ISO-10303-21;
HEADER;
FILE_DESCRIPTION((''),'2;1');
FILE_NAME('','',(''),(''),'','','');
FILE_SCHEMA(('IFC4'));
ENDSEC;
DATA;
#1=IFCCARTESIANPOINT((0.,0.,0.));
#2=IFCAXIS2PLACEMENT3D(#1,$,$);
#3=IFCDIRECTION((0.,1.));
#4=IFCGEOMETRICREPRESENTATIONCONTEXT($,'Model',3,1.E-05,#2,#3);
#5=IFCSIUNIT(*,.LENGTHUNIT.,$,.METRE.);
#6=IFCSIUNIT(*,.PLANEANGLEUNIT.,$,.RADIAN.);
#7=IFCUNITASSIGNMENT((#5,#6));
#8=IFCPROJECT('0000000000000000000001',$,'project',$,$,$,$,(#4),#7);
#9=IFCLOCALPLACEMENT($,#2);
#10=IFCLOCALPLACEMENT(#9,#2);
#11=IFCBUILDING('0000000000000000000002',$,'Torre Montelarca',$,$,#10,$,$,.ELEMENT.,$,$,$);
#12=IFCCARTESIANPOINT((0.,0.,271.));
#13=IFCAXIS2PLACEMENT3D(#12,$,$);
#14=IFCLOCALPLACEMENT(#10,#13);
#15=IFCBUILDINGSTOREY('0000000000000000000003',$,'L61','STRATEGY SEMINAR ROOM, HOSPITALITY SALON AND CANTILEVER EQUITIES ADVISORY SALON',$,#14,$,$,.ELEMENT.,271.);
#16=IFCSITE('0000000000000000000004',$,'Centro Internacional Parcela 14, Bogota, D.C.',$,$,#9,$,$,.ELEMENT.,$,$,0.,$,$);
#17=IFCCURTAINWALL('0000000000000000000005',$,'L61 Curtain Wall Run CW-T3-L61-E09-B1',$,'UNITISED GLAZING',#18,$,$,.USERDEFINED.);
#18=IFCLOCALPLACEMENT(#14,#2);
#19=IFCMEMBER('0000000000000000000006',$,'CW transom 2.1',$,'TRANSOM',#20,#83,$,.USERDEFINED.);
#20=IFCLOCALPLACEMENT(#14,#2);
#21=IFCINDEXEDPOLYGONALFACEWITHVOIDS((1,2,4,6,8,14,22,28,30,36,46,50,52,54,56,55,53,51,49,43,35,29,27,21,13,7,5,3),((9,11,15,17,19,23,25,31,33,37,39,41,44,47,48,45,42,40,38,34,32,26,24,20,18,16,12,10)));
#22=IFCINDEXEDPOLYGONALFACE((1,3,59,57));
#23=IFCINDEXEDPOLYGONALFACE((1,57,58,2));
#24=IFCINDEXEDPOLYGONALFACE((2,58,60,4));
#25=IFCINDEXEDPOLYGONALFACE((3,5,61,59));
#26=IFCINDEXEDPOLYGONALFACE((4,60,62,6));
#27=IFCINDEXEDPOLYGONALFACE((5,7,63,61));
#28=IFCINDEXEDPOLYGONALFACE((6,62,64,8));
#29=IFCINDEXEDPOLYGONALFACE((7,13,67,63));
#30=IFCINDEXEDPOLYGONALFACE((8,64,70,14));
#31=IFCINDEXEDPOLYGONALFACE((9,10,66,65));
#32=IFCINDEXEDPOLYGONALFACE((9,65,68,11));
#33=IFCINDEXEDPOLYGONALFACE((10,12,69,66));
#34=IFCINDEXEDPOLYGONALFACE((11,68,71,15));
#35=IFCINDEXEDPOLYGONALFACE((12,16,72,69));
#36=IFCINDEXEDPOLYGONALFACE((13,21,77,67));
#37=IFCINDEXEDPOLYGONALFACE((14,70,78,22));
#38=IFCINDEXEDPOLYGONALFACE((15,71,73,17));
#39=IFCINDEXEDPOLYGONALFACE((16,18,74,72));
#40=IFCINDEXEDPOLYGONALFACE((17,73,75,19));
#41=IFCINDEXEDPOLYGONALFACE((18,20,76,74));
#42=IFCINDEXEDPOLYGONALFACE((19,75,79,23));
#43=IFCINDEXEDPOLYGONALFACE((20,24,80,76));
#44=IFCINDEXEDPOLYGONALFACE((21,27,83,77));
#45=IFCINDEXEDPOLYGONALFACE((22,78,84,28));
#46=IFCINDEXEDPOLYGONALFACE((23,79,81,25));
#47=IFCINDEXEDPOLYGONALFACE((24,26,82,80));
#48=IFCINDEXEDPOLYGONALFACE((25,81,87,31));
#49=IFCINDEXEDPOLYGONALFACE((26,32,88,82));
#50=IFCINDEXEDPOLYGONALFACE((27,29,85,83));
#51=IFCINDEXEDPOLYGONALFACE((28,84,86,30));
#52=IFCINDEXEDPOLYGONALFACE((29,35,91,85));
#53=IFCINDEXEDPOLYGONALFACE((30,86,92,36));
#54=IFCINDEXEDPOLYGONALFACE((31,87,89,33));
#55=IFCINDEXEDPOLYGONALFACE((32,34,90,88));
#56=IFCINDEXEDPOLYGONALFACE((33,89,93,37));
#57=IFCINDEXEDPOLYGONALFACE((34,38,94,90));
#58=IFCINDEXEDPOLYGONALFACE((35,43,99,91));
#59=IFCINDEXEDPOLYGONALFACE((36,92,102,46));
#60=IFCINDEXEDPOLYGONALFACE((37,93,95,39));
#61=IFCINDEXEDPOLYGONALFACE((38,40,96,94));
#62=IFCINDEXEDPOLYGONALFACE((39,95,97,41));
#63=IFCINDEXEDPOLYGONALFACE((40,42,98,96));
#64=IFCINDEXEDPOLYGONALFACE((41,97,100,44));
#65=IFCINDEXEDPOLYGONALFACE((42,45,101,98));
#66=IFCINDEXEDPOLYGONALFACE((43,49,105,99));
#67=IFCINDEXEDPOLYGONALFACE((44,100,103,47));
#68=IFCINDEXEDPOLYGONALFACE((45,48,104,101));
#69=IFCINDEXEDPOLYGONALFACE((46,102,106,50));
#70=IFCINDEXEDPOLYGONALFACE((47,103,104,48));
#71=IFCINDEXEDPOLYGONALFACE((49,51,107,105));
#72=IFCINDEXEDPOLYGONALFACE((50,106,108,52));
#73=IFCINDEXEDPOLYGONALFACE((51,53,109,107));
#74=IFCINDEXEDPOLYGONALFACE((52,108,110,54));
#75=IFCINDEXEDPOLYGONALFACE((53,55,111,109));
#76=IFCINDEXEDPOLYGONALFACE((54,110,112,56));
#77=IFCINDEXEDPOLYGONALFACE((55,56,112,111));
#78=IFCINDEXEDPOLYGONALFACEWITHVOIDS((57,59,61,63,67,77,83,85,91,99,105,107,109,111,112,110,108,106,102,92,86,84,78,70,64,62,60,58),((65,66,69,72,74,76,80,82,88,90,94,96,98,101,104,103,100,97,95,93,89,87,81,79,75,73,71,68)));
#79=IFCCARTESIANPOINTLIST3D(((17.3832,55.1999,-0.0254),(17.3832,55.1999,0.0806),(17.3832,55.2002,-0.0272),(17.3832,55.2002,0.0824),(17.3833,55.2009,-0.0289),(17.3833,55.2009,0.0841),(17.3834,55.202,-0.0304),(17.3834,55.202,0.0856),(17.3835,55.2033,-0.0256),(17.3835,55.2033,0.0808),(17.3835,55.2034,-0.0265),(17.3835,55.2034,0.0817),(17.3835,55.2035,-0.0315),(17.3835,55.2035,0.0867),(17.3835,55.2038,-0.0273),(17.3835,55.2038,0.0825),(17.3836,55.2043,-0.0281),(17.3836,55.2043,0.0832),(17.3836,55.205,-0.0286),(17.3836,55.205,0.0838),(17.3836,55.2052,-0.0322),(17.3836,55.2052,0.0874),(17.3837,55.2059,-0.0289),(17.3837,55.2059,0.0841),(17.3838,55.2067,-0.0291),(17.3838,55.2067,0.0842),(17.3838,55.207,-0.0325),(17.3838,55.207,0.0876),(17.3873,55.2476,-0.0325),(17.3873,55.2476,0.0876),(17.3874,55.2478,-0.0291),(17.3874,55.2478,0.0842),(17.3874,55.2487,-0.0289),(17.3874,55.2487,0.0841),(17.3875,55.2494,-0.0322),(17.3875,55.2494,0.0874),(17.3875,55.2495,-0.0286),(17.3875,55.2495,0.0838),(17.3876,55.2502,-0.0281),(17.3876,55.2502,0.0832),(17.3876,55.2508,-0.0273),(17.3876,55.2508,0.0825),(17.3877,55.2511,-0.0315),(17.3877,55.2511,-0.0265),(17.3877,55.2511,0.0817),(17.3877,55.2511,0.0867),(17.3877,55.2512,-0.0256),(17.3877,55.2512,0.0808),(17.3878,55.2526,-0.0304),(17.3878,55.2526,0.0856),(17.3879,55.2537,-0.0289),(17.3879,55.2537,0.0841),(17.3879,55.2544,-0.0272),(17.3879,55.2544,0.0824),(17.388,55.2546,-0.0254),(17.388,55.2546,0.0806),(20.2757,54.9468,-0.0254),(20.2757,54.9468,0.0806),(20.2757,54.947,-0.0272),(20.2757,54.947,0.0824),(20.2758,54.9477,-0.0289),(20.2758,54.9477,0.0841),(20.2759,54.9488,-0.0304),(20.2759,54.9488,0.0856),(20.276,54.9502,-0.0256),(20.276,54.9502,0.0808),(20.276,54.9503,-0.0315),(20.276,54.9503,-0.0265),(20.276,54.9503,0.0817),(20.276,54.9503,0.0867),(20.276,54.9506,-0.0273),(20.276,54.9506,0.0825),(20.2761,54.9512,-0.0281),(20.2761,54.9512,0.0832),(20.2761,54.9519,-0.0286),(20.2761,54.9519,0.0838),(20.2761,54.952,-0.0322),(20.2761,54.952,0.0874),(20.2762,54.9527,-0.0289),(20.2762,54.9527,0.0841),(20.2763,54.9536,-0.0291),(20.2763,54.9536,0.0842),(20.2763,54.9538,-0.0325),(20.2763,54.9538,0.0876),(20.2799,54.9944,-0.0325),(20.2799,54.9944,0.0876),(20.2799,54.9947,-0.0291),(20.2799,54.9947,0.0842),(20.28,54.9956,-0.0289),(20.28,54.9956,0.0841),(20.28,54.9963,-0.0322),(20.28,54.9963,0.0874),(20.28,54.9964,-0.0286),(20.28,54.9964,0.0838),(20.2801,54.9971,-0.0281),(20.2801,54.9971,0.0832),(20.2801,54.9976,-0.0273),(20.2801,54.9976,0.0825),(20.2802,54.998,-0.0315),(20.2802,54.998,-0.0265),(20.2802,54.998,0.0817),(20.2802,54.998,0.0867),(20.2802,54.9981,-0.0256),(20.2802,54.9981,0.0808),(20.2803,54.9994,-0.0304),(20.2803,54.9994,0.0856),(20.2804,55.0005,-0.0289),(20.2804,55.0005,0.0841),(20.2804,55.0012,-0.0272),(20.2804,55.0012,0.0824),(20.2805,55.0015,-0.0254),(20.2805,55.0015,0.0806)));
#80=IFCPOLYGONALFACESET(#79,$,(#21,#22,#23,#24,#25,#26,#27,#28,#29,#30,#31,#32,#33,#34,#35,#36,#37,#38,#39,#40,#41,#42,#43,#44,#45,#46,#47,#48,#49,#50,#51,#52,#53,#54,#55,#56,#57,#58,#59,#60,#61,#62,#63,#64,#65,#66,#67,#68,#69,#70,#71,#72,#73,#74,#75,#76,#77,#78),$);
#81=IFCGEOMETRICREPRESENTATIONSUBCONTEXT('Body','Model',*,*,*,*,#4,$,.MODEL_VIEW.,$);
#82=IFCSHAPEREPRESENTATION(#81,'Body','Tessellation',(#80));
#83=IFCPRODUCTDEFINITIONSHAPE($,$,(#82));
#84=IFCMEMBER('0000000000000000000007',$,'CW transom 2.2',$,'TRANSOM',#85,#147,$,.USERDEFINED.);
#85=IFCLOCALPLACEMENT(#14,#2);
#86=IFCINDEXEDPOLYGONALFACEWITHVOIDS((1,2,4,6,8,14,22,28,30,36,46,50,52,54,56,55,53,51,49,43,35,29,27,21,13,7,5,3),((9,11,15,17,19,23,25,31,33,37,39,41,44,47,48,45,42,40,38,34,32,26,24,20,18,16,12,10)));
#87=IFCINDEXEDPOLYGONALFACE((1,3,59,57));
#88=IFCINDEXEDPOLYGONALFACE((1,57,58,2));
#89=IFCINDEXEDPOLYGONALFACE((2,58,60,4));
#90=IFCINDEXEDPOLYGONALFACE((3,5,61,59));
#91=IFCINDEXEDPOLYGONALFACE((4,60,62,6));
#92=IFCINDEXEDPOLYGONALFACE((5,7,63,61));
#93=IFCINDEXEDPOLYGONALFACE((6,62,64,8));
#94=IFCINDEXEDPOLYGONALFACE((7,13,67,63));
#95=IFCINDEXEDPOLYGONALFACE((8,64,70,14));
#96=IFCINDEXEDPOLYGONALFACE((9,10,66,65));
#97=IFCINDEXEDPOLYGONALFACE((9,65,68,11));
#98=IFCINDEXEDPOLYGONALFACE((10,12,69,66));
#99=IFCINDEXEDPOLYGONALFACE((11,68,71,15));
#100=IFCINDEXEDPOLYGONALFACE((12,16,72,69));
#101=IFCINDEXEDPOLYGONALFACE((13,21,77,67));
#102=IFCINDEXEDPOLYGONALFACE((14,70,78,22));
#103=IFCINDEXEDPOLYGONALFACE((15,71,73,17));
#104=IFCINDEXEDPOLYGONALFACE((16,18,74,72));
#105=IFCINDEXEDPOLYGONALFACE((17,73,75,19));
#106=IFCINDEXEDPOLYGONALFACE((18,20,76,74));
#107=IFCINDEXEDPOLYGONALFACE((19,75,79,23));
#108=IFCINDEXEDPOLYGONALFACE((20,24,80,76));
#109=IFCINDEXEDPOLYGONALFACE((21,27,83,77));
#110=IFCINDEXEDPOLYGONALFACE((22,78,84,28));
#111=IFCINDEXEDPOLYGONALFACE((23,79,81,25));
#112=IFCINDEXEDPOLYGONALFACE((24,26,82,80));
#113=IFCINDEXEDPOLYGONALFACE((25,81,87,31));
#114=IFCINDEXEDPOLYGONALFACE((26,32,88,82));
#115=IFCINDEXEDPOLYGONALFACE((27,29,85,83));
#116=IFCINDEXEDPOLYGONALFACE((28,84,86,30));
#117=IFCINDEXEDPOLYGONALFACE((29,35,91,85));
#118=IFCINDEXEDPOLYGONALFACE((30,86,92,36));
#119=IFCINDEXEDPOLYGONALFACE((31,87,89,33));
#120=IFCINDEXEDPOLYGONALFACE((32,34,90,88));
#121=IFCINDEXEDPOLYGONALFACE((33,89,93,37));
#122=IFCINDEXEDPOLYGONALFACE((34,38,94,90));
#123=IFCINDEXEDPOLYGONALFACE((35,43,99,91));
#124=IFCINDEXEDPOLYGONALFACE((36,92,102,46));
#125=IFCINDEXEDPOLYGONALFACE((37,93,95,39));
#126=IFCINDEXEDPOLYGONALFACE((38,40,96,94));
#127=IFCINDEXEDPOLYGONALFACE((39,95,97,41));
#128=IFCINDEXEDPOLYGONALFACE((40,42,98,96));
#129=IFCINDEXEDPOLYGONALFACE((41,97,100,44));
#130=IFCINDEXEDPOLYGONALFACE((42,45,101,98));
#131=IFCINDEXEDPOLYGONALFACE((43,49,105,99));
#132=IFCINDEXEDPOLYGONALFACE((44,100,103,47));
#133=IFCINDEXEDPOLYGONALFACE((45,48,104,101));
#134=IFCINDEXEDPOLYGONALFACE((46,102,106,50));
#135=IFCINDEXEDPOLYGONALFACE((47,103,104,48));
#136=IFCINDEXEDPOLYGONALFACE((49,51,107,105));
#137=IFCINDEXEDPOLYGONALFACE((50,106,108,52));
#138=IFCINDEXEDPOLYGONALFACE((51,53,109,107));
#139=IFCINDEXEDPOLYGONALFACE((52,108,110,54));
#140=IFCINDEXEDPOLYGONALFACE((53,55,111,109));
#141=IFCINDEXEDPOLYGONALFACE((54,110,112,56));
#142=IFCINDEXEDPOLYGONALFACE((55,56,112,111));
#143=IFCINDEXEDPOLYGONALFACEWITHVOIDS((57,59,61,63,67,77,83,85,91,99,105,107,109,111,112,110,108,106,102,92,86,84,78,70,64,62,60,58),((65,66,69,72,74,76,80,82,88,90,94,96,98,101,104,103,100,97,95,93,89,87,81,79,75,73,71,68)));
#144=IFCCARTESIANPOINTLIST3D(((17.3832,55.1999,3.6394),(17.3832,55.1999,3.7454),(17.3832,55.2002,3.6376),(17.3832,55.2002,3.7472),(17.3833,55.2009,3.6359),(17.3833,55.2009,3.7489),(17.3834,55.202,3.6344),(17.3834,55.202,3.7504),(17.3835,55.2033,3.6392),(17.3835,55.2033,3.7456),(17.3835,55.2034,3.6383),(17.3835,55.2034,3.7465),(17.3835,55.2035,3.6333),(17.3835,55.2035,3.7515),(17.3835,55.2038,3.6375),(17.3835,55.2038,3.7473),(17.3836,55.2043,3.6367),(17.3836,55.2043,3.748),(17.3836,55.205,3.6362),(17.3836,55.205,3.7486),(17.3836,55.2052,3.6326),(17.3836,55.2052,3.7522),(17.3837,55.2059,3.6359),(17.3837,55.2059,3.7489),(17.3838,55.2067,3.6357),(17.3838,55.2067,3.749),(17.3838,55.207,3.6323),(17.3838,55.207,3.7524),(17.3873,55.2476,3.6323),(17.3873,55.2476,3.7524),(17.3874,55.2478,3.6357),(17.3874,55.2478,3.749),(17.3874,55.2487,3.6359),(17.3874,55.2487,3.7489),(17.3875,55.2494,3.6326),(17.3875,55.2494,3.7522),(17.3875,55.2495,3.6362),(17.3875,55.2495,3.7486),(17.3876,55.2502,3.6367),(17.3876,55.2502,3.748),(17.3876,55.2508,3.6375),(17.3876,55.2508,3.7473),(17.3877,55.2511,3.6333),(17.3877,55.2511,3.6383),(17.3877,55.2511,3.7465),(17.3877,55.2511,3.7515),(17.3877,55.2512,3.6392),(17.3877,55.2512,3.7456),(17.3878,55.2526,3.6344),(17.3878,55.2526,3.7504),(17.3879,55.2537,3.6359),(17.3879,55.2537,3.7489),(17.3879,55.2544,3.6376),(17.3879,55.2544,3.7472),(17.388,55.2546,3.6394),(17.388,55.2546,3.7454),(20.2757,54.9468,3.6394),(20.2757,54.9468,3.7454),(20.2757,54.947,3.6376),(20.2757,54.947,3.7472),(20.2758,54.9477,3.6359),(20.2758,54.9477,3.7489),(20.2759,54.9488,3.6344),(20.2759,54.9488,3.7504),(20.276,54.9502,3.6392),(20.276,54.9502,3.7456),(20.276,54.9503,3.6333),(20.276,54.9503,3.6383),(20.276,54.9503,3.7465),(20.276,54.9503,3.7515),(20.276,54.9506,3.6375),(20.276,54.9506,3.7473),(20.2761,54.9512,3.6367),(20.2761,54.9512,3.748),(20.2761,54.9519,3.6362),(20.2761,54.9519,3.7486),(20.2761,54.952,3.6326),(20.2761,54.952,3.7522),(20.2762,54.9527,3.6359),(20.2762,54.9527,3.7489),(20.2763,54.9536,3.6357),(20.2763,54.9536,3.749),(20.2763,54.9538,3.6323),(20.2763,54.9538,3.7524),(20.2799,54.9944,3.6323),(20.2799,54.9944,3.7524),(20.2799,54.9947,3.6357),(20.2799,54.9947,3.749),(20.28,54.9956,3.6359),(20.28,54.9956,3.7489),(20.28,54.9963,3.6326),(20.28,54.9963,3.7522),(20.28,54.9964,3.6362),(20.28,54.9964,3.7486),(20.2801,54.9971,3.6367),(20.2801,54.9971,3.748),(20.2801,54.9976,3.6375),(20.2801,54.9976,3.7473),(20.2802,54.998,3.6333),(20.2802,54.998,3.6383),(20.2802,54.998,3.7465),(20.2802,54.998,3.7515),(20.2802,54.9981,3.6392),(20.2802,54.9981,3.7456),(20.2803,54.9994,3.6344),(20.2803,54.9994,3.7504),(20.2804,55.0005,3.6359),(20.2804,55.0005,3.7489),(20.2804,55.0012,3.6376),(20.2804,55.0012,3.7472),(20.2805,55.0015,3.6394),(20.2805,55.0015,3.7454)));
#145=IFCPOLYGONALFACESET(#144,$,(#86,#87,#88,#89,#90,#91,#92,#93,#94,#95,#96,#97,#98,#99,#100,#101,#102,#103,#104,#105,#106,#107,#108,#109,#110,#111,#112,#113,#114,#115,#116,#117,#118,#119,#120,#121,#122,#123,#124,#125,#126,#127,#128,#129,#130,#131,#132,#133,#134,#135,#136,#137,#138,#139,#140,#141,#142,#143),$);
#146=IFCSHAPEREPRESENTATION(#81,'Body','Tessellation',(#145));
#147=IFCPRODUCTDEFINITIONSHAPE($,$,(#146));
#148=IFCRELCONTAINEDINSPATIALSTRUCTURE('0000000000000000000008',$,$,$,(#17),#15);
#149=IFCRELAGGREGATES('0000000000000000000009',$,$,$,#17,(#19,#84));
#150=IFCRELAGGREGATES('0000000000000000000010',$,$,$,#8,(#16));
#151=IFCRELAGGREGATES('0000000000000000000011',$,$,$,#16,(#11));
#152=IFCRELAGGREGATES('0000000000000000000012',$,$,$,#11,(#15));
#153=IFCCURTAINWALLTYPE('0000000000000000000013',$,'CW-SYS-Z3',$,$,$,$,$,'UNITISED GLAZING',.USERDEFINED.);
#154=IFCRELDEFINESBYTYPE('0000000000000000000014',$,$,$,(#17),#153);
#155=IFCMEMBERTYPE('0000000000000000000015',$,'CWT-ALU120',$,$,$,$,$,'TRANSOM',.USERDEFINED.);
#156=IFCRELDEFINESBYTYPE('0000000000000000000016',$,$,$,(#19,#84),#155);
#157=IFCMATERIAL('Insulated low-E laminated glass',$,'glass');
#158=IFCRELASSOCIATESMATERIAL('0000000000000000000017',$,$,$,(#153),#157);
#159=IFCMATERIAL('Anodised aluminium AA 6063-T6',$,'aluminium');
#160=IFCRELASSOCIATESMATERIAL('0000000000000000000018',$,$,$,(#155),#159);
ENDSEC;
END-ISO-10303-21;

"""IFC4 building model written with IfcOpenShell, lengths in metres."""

from ifc_helpers import new_model, si_unit, direction, frame, origin, origin_2d, place, context, subcontext, project, spatial, hollow_rectangle, extrude, source, transform, mapped, material, material_profile, profile_set, type_object, element, aggregate, save


model = new_model("IFC4")

# Units and contexts
model_context = context("Model", 3, precision=1e-05, world=origin(), true_north=direction((0.0, 1.0)))
body_context = subcontext(model_context, "Body", "Model", "MODEL_VIEW")
ifc_project = project(units=[si_unit("LENGTHUNIT", "METRE"), si_unit("PLANEANGLEUNIT", "RADIAN")], contexts=[model_context])

# Site, building, storey
site_placement = place(None, origin())
site = spatial("IfcSite", under=ifc_project, at=site_placement, Name="Centro Internacional Parcela 14, Bogota, D.C.", CompositionType="ELEMENT", RefElevation=0.0)
building_placement = place(site_placement, origin())
building = spatial("IfcBuilding", under=site, at=building_placement, Name="Torre Montelarca", CompositionType="ELEMENT")
storey_placement = place(building_placement, frame((0.0, 0.0, 271.0)))
storey = spatial("IfcBuildingStorey", under=building, at=storey_placement, Name="L61", Description="STRATEGY SEMINAR ROOM, HOSPITALITY SALON AND CANTILEVER EQUITIES ADVISORY SALON", CompositionType="ELEMENT", Elevation=271.0)

# Curtain wall, members
ifc_material_1 = material(Name="Insulated low-E laminated glass", Category="glass")
curtain_wall_type = type_object("IfcCurtainWallType", Name="CW-SYS-Z3", ElementType="UNITISED GLAZING", PredefinedType="USERDEFINED", material=ifc_material_1)
curtain_wall_1_placement = place(storey_placement, origin())
curtain_wall_1 = element("IfcCurtainWall", 1, at=curtain_wall_1_placement, inside=storey, type_object=curtain_wall_type, Name="L61 Curtain Wall Run CW-T3-L61-E09-B1", ObjectType="UNITISED GLAZING", PredefinedType="USERDEFINED")
ifc_material_2 = material(Name="Anodised aluminium AA 6063-T6", Category="aluminium")
ifc_material_profile_1 = material_profile(ifc_material_2, hollow_rectangle(XDim=0.0549, YDim=0.1201, WallThickness=0.0034, InnerFilletRadius=0.0034, OuterFilletRadius=0.0071, at=origin_2d()), Name="ALU55X120X3.5", Category="aluminium")
ifc_profile_set_1 = profile_set([ifc_material_profile_1], Name="Anodised aluminium AA 6063-T6")
member_type_1 = type_object("IfcMemberType", Name="CWT-ALU120", ElementType="TRANSOM", PredefinedType="USERDEFINED", material=ifc_profile_set_1)
shared_shape_1 = source(origin(), body_context, "Body", "SweptSolid", [
    extrude(hollow_rectangle(XDim=0.0549, YDim=0.1201, WallThickness=0.0034, InnerFilletRadius=0.0034, OuterFilletRadius=0.0071, at=origin_2d()), origin(), (0.0, 0.0, 1.0), 2.9036),
])
member_1_placement = place(storey_placement, frame((20.2781, 54.9741, 0.0276), z_axis=(-0.996192, 0.087192, 0.0), x_axis=(-0.087192, -0.996192, 0.0)))
member_1 = element("IfcMember", 2, at=member_1_placement, type_object=member_type_1, Name="CW transom 2.1", ObjectType="TRANSOM", PredefinedType="USERDEFINED", context=body_context, shape_type="MappedRepresentation", body=[
    mapped(shared_shape_1, transform((0.0, 0.0, 0.0), scale=1.0)),
])
member_2_placement = place(storey_placement, frame((20.2781, 54.9741, 3.6924), z_axis=(-0.996192, 0.087192, 0.0), x_axis=(-0.087192, -0.996192, 0.0)))
member_2 = element("IfcMember", 3, at=member_2_placement, type_object=member_type_1, Name="CW transom 2.2", ObjectType="TRANSOM", PredefinedType="USERDEFINED", context=body_context, shape_type="MappedRepresentation", body=[
    mapped(shared_shape_1, transform((0.0, 0.0, 0.0), scale=1.0)),
])

aggregate(curtain_wall_1, [member_1, member_2])

save(model, "model.ifc")
